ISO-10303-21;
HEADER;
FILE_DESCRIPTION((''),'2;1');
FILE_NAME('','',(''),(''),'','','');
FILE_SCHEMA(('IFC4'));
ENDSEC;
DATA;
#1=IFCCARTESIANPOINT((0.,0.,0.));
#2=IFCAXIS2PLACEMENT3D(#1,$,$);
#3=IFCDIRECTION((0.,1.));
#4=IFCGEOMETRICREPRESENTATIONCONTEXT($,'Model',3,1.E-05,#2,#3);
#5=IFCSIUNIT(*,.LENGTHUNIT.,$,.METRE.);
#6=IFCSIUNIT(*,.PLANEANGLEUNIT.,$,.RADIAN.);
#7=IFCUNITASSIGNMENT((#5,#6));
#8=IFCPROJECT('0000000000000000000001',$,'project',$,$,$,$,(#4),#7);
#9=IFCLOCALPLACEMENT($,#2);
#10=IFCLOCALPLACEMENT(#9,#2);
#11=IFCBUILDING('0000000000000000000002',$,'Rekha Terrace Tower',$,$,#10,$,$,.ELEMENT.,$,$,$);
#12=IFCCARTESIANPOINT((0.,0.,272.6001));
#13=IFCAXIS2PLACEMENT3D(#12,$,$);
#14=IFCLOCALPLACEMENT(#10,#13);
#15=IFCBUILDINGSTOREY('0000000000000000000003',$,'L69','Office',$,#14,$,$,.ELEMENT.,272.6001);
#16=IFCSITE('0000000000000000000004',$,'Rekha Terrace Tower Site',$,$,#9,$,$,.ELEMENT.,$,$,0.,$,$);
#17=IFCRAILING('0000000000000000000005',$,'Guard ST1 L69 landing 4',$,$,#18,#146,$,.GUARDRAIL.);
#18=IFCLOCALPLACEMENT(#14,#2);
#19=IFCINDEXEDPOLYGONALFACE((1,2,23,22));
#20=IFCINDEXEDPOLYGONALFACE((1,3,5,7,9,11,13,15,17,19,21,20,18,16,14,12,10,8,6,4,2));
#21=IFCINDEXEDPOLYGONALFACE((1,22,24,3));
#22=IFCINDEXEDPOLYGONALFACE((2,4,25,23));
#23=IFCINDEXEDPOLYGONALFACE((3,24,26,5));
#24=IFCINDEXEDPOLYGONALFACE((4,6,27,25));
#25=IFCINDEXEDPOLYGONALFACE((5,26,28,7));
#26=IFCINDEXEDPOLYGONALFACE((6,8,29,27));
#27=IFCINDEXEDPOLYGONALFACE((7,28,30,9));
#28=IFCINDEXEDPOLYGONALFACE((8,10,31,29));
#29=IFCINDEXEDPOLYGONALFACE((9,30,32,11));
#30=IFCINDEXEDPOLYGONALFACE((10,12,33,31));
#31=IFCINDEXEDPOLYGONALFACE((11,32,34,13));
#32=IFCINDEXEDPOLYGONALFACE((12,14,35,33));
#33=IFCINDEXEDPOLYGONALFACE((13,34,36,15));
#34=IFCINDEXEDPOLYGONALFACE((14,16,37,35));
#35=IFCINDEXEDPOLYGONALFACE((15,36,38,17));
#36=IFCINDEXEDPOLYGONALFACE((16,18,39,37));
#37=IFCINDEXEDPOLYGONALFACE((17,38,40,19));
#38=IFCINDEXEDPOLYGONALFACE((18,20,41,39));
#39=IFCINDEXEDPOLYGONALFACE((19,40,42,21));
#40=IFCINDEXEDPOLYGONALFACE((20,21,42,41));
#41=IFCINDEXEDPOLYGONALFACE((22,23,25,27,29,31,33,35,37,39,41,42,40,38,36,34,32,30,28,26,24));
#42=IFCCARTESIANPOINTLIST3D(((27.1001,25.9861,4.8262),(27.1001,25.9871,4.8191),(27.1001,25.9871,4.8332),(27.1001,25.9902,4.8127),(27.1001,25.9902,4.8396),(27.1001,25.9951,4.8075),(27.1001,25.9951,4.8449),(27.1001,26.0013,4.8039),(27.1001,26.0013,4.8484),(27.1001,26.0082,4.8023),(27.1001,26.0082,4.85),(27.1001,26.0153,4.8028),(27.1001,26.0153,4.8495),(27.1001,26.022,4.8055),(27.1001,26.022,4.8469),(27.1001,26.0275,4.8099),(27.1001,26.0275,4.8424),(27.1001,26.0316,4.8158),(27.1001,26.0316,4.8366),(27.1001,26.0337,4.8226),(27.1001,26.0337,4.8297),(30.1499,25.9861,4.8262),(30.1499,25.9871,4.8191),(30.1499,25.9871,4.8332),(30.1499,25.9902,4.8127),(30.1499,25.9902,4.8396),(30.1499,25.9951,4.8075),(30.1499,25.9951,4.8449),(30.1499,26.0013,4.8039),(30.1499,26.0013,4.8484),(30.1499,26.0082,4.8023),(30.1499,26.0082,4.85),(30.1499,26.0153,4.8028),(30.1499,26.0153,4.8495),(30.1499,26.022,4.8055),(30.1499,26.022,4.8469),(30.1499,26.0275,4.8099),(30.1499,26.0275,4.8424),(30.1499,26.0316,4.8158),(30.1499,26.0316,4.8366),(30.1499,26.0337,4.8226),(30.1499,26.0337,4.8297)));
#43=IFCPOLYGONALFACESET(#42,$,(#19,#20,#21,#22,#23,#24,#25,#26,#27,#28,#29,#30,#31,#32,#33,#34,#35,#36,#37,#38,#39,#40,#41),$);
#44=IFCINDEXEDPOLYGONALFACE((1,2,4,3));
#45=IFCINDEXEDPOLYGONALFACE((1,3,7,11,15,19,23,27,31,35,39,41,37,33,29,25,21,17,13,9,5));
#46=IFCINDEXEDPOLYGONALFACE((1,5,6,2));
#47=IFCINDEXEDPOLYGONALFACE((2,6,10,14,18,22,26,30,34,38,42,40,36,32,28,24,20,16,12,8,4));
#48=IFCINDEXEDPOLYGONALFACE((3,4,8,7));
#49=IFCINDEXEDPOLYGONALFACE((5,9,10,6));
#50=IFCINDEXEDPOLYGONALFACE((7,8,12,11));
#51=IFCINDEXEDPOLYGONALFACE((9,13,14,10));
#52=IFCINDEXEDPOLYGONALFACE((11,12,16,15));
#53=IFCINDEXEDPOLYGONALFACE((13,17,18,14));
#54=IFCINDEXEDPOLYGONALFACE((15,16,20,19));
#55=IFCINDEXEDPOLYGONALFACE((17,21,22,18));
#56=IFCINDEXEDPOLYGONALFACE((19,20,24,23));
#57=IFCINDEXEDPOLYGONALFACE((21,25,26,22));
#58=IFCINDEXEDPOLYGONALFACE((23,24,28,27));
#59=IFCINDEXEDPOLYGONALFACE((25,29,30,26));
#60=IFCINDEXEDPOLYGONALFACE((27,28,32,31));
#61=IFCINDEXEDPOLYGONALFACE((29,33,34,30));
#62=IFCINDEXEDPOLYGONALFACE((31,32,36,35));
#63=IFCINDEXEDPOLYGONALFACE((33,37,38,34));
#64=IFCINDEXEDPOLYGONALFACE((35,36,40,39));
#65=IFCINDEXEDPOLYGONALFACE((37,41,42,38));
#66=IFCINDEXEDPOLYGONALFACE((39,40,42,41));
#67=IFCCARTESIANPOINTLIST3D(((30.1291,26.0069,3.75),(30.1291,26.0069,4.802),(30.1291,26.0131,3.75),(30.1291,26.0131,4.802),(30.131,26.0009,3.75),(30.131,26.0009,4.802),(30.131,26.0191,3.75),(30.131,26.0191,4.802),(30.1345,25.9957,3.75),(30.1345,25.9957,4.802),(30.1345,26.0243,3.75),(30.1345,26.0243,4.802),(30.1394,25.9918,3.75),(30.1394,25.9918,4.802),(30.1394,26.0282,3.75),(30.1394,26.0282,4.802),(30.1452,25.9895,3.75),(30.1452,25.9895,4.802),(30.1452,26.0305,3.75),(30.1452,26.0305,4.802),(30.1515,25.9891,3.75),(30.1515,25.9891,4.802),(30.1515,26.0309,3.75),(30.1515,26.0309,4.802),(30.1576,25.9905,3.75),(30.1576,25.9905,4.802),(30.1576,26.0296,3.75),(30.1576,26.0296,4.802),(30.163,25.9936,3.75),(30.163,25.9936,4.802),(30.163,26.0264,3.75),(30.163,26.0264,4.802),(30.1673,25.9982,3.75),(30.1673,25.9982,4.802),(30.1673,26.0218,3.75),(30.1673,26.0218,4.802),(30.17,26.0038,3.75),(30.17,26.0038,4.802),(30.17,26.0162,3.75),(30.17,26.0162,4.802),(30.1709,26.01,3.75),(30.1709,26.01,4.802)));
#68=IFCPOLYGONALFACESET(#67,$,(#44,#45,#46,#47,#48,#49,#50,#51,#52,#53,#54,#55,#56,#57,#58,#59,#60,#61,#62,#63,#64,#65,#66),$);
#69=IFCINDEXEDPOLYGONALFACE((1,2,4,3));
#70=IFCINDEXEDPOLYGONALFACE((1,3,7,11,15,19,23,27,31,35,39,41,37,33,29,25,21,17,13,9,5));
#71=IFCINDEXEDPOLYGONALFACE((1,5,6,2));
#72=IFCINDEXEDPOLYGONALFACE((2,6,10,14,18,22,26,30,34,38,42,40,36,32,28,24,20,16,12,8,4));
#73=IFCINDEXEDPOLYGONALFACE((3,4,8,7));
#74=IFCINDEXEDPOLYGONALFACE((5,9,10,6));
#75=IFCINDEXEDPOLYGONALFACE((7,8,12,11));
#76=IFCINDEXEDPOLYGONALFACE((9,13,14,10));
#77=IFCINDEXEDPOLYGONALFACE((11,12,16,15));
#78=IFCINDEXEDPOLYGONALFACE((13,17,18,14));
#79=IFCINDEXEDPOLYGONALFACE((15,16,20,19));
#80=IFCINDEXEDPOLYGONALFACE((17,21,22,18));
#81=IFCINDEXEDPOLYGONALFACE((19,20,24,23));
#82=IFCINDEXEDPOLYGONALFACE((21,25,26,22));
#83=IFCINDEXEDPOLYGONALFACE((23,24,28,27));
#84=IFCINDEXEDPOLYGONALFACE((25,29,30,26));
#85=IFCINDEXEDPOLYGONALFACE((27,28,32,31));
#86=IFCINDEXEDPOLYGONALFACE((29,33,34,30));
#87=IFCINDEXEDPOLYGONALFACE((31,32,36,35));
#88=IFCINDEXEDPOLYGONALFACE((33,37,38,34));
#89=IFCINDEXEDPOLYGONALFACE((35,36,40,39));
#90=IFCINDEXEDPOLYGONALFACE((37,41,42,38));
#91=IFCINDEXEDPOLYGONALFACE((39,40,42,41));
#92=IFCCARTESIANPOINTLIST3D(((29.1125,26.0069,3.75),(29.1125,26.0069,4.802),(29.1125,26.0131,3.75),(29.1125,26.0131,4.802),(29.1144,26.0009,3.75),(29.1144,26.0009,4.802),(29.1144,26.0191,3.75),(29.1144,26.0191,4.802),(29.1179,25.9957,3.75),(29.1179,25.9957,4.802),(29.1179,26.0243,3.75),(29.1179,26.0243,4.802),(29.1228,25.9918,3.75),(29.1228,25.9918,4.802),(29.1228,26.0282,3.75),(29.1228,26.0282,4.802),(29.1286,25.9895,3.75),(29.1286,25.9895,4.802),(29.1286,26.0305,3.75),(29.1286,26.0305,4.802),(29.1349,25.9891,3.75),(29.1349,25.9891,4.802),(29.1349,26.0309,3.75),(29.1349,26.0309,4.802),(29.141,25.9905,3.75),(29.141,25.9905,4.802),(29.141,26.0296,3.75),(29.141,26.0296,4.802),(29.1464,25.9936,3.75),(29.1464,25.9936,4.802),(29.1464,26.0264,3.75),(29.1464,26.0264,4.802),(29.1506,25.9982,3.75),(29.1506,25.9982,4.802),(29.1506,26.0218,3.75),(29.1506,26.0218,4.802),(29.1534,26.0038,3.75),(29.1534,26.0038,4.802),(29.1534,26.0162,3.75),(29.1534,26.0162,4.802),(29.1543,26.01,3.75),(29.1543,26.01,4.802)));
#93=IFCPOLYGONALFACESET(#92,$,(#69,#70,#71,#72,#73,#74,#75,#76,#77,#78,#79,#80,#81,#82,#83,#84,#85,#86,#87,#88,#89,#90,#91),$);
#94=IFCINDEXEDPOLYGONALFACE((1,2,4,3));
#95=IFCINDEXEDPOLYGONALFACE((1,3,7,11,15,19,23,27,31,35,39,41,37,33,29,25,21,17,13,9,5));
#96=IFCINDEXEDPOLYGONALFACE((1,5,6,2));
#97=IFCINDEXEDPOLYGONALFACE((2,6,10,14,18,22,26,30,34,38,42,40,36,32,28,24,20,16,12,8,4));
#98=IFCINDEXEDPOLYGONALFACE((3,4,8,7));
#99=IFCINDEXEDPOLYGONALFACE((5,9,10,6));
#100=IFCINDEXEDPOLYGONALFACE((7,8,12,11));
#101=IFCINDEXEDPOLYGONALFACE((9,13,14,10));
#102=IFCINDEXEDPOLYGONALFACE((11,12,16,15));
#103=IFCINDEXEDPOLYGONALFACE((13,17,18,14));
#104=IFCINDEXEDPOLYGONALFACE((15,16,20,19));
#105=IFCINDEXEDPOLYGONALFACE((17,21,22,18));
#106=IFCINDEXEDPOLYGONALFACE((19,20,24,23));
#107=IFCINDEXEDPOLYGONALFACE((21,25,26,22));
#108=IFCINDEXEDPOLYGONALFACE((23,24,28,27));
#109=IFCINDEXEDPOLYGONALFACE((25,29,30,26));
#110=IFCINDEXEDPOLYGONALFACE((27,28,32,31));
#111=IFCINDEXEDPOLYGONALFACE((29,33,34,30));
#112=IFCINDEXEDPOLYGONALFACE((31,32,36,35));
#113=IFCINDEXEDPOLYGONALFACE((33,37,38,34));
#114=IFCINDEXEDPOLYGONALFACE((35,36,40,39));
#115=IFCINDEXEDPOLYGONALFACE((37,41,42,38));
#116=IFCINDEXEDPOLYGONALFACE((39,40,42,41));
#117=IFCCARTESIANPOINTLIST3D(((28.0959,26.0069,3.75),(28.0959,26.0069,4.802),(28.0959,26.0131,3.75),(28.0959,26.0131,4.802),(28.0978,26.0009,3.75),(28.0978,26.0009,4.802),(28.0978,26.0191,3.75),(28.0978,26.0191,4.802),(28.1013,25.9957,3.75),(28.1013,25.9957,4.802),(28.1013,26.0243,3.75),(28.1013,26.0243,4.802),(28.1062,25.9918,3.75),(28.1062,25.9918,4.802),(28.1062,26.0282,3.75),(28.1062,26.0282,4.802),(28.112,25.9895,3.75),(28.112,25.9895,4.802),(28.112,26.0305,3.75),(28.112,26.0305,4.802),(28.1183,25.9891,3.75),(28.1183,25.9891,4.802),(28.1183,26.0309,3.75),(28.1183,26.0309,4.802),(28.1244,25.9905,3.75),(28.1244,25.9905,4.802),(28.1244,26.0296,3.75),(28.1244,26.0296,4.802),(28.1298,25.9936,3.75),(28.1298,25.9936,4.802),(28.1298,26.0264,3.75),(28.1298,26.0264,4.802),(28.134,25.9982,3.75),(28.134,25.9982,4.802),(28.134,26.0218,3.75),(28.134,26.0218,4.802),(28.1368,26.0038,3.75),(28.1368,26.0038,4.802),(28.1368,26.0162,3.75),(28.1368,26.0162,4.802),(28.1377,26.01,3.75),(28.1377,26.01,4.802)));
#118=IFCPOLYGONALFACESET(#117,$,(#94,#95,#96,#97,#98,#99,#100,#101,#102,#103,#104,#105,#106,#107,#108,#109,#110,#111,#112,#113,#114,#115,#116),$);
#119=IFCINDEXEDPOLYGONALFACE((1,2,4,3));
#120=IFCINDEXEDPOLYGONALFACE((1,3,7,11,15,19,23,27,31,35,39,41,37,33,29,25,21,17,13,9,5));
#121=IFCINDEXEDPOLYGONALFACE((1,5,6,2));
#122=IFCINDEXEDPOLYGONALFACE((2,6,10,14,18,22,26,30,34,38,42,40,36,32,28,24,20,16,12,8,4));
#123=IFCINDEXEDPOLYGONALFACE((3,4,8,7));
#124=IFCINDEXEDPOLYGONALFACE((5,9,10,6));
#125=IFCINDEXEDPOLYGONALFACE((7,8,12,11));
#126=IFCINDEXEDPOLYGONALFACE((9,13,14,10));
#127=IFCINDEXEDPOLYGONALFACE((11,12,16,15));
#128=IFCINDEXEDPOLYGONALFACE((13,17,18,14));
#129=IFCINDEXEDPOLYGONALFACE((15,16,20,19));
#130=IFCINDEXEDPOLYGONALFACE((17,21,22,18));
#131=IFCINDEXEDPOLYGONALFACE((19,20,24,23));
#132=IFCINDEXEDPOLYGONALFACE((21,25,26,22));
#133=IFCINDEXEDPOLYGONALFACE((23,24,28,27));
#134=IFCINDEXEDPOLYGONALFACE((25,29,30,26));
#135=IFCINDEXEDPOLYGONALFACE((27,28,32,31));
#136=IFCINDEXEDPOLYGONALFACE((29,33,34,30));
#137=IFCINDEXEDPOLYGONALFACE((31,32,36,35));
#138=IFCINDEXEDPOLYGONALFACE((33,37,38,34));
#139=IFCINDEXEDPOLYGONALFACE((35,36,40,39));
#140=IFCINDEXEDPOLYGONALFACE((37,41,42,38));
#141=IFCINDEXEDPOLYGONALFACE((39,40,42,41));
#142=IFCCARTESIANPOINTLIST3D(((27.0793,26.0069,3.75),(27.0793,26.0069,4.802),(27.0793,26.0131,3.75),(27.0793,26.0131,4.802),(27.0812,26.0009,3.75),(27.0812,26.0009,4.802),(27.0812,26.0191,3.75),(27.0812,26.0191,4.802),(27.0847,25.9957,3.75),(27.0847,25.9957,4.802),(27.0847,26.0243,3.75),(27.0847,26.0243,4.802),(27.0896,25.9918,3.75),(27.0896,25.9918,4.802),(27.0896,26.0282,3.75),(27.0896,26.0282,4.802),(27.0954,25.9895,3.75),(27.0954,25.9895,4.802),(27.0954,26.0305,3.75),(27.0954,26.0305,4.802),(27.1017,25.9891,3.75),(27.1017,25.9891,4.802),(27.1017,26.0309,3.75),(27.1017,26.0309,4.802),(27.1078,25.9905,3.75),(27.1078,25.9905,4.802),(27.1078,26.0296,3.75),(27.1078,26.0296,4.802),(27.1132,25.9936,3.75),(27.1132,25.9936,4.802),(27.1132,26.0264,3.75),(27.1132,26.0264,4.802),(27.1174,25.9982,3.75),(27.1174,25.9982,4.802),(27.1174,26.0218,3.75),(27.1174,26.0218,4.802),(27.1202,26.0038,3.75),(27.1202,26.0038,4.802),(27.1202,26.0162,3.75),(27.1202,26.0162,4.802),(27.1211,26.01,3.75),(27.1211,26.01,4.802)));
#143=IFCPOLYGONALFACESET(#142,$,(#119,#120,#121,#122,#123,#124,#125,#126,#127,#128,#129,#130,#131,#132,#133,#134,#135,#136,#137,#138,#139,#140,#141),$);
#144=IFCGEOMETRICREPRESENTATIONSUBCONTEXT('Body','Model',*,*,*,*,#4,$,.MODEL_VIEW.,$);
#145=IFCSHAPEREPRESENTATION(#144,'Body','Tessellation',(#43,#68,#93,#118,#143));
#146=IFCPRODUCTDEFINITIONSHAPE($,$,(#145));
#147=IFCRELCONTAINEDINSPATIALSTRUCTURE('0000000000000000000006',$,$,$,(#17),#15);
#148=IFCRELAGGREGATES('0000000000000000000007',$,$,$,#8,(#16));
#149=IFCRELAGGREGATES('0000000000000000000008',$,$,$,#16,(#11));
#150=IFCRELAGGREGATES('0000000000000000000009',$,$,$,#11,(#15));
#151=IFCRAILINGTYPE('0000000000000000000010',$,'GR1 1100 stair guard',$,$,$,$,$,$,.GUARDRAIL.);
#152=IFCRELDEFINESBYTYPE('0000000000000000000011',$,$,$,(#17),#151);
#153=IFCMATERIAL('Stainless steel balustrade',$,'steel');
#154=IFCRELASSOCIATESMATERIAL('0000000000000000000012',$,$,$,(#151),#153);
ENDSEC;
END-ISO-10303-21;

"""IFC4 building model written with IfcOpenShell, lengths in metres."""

from ifc_helpers import new_model, si_unit, direction, frame, origin, origin_2d, place, context, subcontext, project, spatial, circle, extrude, material, type_object, element, save


model = new_model("IFC4")

# Units and contexts
model_context = context("Model", 3, precision=1e-05, world=origin(), true_north=direction((0.0, 1.0)))
body_context = subcontext(model_context, "Body", "Model", "MODEL_VIEW")
ifc_project = project(units=[si_unit("LENGTHUNIT", "METRE"), si_unit("PLANEANGLEUNIT", "RADIAN")], contexts=[model_context])

# Site, building, storey
site_placement = place(None, origin())
site = spatial("IfcSite", under=ifc_project, at=site_placement, Name="Rekha Terrace Tower Site", CompositionType="ELEMENT", RefElevation=0.0)
building_placement = place(site_placement, origin())
building = spatial("IfcBuilding", under=site, at=building_placement, Name="Rekha Terrace Tower", CompositionType="ELEMENT")
storey_placement = place(building_placement, frame((0.0, 0.0, 272.6001)))
storey = spatial("IfcBuildingStorey", under=building, at=storey_placement, Name="L69", Description="Office", CompositionType="ELEMENT", Elevation=272.6001)

# Railing
ifc_material_1 = material(Name="Stainless steel balustrade", Category="steel")
railing_type_1 = type_object("IfcRailingType", Name="GR1 1100 stair guard", PredefinedType="GUARDRAIL", material=ifc_material_1)
railing_1_placement = place(storey_placement, frame((30.1499, 26.01, 3.75)))
element("IfcRailing", 1, at=railing_1_placement, inside=storey, type_object=railing_type_1, Name="Guard ST1 L69 landing 4", PredefinedType="GUARDRAIL", context=body_context, shape_type="SweptSolid", body=[
    extrude(circle(Radius=0.0239, at=origin_2d()), frame((0.0, 0.0, 1.0762), z_axis=(-1.0, 0.0, 0.0), x_axis=(0.0, -1.0, 0.0)), (0.0, 0.0, 1.0), 3.0498),
    extrude(circle(Radius=0.021, at=origin_2d()), origin(), (0.0, 0.0, 1.0), 1.052),
    extrude(circle(Radius=0.021, at=origin_2d()), frame((-1.0166, 0.0, 0.0)), (0.0, 0.0, 1.0), 1.052),
    extrude(circle(Radius=0.021, at=origin_2d()), frame((-2.0332, 0.0, 0.0)), (0.0, 0.0, 1.0), 1.052),
    extrude(circle(Radius=0.021, at=origin_2d()), frame((-3.0498, 0.0, 0.0)), (0.0, 0.0, 1.0), 1.052),
])

save(model, "model.ifc")
